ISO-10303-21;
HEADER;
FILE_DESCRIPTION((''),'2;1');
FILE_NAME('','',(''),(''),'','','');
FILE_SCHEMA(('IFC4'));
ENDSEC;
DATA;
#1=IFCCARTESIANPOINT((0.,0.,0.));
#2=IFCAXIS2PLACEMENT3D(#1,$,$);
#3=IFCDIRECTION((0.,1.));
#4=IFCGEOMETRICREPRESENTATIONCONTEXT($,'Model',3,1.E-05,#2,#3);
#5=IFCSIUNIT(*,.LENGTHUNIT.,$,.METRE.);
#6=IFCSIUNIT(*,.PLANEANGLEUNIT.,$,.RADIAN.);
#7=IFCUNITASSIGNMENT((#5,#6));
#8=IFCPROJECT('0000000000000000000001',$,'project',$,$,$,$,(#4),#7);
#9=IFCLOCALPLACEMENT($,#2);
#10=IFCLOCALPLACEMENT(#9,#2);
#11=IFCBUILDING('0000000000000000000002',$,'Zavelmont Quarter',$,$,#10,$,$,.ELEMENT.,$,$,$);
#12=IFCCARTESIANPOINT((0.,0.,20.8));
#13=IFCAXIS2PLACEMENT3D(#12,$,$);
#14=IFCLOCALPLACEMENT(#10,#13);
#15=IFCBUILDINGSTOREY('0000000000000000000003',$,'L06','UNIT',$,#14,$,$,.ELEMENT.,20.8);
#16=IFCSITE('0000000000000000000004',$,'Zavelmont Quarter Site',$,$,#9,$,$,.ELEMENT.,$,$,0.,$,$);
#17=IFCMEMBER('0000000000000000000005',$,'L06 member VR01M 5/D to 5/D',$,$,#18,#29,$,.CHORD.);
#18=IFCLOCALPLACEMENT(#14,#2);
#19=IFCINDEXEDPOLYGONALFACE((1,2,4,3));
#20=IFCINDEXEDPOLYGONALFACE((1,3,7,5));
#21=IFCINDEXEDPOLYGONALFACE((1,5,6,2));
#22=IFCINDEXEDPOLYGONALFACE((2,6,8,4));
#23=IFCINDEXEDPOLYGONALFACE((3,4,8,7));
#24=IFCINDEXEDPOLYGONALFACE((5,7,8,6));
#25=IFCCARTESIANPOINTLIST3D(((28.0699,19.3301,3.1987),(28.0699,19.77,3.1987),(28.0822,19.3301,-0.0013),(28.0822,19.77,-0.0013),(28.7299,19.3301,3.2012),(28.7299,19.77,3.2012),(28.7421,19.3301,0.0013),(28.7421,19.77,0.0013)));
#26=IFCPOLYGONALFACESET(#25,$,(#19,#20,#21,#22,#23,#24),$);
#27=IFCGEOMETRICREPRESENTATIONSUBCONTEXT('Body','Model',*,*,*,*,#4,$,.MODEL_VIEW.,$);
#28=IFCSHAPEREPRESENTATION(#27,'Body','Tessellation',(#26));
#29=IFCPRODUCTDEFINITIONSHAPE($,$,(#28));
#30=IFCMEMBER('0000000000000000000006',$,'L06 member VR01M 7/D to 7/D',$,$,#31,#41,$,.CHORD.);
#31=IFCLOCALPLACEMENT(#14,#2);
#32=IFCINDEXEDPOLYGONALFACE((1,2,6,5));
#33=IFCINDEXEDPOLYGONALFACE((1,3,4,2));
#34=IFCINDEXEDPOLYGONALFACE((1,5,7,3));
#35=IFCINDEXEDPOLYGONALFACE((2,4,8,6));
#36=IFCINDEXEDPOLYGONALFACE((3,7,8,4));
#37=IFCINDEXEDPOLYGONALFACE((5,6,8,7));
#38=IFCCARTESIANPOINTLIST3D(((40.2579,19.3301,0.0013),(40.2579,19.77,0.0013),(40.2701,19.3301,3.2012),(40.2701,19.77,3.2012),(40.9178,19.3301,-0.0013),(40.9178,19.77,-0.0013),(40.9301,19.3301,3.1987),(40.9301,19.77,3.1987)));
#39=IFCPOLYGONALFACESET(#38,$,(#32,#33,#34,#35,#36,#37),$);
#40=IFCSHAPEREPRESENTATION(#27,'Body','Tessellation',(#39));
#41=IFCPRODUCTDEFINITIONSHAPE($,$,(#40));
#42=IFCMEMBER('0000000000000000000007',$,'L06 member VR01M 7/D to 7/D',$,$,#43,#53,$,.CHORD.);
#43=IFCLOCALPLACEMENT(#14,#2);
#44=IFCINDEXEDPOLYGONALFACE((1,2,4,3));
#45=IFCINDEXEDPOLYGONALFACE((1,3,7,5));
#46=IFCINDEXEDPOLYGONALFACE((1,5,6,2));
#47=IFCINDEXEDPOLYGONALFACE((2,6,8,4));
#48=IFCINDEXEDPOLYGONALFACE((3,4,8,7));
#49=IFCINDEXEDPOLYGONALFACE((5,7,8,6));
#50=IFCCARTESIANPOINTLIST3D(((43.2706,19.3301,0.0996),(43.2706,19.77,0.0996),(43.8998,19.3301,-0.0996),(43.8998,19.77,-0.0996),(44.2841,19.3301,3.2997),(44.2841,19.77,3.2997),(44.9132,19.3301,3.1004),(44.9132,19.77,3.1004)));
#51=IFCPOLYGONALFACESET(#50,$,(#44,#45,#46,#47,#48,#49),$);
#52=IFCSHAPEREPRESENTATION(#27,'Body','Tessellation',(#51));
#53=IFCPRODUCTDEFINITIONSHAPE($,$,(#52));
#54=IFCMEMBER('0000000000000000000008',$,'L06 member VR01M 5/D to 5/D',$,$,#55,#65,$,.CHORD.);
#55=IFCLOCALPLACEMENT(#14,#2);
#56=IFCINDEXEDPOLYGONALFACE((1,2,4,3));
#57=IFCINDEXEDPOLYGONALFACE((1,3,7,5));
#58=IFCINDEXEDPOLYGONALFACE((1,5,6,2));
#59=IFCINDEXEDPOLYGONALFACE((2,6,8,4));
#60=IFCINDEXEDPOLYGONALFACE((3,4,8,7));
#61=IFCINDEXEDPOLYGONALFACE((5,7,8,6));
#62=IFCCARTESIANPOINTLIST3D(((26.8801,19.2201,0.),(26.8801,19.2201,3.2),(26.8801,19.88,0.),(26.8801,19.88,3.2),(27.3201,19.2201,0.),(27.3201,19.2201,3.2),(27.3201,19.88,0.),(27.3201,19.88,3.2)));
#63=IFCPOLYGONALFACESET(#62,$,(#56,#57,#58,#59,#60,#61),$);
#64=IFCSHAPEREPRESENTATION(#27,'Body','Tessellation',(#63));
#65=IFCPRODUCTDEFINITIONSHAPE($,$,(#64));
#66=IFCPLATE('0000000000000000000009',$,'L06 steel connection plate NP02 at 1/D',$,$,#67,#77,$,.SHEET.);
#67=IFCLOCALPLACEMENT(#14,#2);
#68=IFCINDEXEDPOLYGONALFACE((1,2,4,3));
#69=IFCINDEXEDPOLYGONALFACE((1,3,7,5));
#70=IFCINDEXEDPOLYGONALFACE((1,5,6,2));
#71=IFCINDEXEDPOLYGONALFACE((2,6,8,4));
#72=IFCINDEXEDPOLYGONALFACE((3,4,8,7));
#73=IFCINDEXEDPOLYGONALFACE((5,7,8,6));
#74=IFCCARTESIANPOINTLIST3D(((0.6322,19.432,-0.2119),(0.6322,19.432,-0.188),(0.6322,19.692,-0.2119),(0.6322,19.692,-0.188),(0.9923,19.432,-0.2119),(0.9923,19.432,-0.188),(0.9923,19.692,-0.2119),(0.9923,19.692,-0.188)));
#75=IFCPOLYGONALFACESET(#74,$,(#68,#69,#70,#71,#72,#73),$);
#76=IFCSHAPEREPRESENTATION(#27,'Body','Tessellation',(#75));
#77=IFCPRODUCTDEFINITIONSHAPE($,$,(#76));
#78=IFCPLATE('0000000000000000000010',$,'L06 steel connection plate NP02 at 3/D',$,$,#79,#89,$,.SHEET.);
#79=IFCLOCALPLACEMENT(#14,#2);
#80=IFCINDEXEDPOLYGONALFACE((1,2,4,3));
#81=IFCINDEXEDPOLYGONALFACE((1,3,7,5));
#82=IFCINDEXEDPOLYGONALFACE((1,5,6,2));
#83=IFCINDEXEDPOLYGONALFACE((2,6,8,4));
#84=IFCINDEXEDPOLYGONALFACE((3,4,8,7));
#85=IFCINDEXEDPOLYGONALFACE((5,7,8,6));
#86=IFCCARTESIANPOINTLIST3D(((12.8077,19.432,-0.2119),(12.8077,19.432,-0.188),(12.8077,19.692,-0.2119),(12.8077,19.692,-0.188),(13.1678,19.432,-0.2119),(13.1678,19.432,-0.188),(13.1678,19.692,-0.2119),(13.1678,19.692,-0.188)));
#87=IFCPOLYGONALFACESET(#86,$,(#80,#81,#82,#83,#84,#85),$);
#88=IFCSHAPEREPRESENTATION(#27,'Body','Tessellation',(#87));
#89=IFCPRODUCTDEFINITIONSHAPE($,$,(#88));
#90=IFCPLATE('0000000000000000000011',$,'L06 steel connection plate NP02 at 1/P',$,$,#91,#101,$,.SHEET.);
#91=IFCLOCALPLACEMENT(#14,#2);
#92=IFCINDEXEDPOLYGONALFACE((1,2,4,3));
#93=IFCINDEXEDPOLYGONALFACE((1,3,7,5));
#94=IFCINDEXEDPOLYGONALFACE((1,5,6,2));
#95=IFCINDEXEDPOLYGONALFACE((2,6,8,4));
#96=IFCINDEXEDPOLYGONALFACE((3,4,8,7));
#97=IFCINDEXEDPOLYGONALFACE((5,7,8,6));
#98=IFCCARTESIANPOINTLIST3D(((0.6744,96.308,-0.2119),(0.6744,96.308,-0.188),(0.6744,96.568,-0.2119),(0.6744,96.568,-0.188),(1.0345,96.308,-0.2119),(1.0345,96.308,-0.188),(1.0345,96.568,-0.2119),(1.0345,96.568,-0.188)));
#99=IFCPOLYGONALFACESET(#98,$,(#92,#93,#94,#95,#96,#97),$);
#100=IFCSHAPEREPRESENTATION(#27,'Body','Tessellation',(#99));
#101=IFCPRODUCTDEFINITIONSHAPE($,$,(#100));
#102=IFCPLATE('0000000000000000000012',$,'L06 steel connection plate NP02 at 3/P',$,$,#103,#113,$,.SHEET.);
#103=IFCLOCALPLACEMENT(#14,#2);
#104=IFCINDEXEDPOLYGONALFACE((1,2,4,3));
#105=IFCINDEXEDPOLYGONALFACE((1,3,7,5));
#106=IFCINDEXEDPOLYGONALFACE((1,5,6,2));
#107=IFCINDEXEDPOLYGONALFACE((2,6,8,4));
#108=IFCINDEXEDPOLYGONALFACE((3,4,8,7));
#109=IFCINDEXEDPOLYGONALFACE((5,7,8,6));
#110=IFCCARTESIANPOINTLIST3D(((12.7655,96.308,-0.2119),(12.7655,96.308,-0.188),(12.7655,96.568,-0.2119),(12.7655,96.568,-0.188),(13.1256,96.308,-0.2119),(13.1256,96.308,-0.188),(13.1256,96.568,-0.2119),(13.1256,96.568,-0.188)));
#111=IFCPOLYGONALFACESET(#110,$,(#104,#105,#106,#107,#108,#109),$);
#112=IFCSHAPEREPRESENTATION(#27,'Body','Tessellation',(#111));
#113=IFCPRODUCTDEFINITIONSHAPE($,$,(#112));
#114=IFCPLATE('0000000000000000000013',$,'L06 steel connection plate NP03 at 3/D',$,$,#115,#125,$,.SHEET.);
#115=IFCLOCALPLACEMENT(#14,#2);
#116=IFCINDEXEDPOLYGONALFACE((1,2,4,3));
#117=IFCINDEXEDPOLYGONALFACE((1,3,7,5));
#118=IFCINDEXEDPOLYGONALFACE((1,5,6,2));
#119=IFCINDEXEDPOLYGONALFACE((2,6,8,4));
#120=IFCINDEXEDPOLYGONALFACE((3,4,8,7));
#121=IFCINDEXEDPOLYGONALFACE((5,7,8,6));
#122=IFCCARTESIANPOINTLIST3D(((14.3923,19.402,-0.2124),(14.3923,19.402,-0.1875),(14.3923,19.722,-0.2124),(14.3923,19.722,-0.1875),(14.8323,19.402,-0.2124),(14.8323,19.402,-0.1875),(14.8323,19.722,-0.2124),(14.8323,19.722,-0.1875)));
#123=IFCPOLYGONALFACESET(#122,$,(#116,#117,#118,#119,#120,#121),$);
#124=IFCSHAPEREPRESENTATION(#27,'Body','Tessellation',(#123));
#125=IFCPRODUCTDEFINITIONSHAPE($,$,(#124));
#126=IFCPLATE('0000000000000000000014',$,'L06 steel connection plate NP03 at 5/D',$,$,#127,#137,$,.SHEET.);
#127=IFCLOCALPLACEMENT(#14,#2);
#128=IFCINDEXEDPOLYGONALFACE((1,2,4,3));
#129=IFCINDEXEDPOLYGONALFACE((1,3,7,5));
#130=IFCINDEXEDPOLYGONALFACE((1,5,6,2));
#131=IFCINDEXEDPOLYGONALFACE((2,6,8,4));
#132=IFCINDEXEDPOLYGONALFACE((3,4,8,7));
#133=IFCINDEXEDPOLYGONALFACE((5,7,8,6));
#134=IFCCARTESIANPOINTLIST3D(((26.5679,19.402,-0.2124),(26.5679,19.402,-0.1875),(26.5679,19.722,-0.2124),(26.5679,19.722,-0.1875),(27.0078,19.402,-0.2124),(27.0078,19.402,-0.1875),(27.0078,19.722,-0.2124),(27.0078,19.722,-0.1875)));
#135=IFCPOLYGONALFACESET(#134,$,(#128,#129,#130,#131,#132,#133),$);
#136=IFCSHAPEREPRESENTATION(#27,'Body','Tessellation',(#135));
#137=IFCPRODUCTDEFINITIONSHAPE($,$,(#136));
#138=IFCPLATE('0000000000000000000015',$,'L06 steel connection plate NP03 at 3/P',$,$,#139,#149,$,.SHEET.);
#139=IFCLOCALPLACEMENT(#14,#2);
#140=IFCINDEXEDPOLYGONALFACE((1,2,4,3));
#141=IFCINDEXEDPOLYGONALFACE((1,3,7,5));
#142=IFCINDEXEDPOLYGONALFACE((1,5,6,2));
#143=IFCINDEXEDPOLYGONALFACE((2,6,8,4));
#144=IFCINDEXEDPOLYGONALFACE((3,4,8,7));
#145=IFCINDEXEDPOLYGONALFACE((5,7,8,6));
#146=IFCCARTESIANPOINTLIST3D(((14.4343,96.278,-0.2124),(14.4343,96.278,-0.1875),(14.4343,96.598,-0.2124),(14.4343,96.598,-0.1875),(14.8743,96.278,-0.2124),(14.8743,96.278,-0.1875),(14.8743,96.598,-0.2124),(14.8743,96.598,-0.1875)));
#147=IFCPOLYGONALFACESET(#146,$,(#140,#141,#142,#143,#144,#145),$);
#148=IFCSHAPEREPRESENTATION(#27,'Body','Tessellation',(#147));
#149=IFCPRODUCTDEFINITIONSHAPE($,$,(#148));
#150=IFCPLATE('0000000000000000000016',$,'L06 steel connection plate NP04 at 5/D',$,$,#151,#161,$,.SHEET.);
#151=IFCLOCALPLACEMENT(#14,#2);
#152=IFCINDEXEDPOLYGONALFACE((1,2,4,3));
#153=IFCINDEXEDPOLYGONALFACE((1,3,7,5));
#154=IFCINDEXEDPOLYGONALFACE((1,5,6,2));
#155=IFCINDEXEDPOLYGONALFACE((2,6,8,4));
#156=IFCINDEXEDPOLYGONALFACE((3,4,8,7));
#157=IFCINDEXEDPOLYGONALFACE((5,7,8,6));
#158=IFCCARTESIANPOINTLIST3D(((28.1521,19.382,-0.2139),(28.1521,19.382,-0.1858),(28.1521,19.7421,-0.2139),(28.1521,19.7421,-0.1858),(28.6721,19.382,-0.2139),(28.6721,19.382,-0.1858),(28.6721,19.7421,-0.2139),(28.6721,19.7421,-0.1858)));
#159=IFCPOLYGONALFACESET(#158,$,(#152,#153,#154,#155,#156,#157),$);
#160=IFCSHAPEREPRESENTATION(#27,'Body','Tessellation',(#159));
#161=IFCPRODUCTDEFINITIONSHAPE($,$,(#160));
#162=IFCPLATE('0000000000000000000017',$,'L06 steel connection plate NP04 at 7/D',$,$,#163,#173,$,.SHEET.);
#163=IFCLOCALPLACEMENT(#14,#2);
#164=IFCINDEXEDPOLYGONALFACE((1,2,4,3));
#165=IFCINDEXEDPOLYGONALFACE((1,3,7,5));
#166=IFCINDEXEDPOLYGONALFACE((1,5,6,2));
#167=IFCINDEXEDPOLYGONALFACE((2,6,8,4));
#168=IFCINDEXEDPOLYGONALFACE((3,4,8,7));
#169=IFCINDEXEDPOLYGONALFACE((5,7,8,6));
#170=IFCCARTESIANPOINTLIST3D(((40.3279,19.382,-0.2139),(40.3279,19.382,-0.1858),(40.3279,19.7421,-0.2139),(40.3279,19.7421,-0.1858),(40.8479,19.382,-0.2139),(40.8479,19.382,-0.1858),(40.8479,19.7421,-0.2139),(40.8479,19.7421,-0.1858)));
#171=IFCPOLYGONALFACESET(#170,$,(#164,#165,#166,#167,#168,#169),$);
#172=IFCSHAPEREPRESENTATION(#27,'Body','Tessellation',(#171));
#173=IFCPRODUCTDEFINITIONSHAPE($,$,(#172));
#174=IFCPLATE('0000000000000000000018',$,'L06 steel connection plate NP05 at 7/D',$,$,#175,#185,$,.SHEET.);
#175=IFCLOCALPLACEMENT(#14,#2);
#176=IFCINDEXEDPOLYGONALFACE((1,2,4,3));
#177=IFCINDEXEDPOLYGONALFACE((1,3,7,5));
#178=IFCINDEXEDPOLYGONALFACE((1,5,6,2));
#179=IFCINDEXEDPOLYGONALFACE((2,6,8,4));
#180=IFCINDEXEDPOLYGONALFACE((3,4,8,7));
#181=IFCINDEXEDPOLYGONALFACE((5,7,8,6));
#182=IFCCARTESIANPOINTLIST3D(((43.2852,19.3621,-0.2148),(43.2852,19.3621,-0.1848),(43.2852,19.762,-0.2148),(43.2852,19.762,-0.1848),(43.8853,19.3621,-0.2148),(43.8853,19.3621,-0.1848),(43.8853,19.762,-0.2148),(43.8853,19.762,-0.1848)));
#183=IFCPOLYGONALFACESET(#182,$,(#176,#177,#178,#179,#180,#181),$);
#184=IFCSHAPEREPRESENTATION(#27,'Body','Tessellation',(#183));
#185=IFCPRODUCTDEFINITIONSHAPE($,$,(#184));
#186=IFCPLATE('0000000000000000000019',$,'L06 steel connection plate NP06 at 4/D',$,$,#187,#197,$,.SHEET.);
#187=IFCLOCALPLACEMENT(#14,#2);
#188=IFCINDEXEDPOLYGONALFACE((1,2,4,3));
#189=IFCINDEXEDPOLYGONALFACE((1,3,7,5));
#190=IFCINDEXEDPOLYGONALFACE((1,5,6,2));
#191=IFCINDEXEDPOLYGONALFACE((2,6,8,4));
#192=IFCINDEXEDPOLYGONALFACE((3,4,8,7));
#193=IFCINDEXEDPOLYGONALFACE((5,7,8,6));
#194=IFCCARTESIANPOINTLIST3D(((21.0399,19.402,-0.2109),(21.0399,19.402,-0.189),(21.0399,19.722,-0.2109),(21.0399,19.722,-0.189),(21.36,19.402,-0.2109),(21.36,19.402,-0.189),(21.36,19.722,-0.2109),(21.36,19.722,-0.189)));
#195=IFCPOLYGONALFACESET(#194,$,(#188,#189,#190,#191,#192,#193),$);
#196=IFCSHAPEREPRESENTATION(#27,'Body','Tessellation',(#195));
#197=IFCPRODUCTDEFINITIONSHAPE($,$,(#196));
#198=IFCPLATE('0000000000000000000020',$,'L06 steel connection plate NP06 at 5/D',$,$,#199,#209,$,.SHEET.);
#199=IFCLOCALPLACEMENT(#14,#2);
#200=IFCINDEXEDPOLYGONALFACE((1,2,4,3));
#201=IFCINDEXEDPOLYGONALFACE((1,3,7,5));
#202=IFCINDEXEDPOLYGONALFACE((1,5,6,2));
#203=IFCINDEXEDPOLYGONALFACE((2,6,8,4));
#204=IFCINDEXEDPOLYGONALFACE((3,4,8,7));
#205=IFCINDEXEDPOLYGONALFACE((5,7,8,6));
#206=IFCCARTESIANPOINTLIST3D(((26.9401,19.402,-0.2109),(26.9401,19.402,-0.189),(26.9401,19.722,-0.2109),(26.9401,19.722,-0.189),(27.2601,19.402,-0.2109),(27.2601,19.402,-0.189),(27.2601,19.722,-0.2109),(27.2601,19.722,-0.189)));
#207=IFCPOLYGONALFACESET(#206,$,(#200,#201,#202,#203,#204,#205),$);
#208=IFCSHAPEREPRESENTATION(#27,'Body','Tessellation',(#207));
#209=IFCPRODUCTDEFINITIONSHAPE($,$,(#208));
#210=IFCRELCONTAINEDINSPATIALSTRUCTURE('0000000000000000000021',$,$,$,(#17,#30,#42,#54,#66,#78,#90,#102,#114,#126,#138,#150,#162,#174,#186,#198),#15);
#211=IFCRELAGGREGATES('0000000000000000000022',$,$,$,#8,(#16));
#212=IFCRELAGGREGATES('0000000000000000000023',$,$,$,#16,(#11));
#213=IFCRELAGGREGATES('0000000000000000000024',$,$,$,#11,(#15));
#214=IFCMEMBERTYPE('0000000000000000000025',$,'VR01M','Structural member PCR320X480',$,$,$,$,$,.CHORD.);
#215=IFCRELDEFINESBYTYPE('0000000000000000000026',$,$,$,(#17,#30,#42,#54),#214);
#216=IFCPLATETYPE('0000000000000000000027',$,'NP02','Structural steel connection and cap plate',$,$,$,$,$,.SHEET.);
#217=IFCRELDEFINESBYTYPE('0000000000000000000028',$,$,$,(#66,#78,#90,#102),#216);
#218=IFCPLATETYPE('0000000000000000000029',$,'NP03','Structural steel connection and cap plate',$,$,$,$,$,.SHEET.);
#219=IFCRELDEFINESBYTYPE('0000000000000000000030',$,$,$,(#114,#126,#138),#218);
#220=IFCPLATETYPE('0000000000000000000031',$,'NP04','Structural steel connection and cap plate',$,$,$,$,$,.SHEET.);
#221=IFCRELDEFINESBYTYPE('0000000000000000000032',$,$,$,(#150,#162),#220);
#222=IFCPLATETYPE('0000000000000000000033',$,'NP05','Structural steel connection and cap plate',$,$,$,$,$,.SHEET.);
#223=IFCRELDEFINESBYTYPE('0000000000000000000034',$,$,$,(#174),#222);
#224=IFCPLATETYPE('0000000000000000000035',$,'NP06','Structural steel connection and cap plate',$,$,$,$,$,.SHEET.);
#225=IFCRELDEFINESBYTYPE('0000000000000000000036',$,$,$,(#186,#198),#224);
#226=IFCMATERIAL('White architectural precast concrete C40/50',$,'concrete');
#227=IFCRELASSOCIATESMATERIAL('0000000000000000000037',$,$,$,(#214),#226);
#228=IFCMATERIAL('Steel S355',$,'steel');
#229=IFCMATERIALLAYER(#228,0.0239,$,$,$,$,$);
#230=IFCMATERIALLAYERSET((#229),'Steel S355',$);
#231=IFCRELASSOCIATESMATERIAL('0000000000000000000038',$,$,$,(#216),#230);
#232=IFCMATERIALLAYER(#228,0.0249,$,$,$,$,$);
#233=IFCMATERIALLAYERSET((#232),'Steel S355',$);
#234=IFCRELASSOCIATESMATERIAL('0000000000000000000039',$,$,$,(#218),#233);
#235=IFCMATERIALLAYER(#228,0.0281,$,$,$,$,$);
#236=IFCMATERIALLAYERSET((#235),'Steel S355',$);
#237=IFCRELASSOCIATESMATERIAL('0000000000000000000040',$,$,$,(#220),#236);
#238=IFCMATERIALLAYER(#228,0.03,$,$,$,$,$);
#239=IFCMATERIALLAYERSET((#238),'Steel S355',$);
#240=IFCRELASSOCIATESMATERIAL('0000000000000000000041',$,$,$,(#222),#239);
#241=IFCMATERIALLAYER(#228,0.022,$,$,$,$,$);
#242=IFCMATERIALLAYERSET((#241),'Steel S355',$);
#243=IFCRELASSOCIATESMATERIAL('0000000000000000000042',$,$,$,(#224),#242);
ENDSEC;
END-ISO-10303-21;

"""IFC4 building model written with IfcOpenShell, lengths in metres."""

from ifc_helpers import new_model, si_unit, direction, frame, origin, origin_2d, place, context, subcontext, project, spatial, rectangle, extrude, material, layer, layer_set, material_profile, profile_set, type_object, element, save


model = new_model("IFC4")

# Units and contexts
model_context = context("Model", 3, precision=1e-05, world=origin(), true_north=direction((0.0, 1.0)))
body_context = subcontext(model_context, "Body", "Model", "MODEL_VIEW")
ifc_project = project(units=[si_unit("LENGTHUNIT", "METRE"), si_unit("PLANEANGLEUNIT", "RADIAN")], contexts=[model_context])

# Site, building, storey
site_placement = place(None, origin())
site = spatial("IfcSite", under=ifc_project, at=site_placement, Name="Zavelmont Quarter Site", CompositionType="ELEMENT", RefElevation=0.0)
building_placement = place(site_placement, origin())
building = spatial("IfcBuilding", under=site, at=building_placement, Name="Zavelmont Quarter", CompositionType="ELEMENT")
storey_placement = place(building_placement, frame((0.0, 0.0, 20.8)))
storey = spatial("IfcBuildingStorey", under=building, at=storey_placement, Name="L06", Description="UNIT", CompositionType="ELEMENT", Elevation=20.8)

# Members
ifc_material_1 = material(Name="White architectural precast concrete C40/50", Category="concrete")
ifc_material_profile = material_profile(ifc_material_1, rectangle(XDim=0.4399, YDim=0.6599, at=origin_2d()), Name="PCR320X480")
ifc_profile_set = profile_set([ifc_material_profile], Name="White architectural precast concrete C40/50")
member_type = type_object("IfcMemberType", Name="VR01M", Description="Structural member PCR320X480", PredefinedType="CHORD", material=ifc_profile_set)
for number, where, z_axis, x_axis, name in (
    (1, (28.4121, 19.55, 0.0), (-0.003815, 0.0, 0.999993), (0.0, -1.0, 0.0), "L06 member VR01M 5/D to 5/D"),
    (2, (40.5879, 19.55, 0.0), (0.003815, 0.0, 0.999993), (0.0, 1.0, 0.0), "L06 member VR01M 7/D to 7/D"),
):
    element("IfcMember", number, at=place(storey_placement, frame(where, z_axis=z_axis, x_axis=x_axis)), inside=storey, type_object=member_type, Name=name, PredefinedType="CHORD", context=body_context, shape_type="SweptSolid", body=[
        extrude(rectangle(XDim=0.4399, YDim=0.6599, at=origin_2d()), origin(), (0.0, 0.0, 1.0), 3.2),
    ])
member_1_placement = place(storey_placement, frame((43.5852, 19.55, 0.0), z_axis=(0.301921, 0.0, 0.953333), x_axis=(0.0, 1.0, 0.0)))
element("IfcMember", 3, at=member_1_placement, inside=storey, type_object=member_type, Name="L06 member VR01M 7/D to 7/D", PredefinedType="CHORD", context=body_context, shape_type="SweptSolid", body=[
    extrude(rectangle(XDim=0.4399, YDim=0.6599, at=origin_2d()), origin(), (0.0, 0.0, 1.0), 3.3567),
])
member_2_placement = place(storey_placement, frame((27.1001, 19.55, 0.0), z_axis=(0.0, 0.0, 1.0), x_axis=(1.0, 0.0, 0.0)))
element("IfcMember", 4, at=member_2_placement, inside=storey, type_object=member_type, Name="L06 member VR01M 5/D to 5/D", PredefinedType="CHORD", context=body_context, shape_type="SweptSolid", body=[
    extrude(rectangle(XDim=0.4399, YDim=0.6599, at=origin_2d()), origin(), (0.0, 0.0, 1.0), 3.2),
])

# Plates
ifc_material_2 = material(Name="Steel S355", Category="steel")
ifc_layer_1 = layer(ifc_material_2, 0.0239)
ifc_layer_set_1 = layer_set([ifc_layer_1], Name="Steel S355")
plate_type_1 = type_object("IfcPlateType", Name="NP02", Description="Structural steel connection and cap plate", PredefinedType="SHEET", material=ifc_layer_set_1)
for number, where, z_axis, x_axis, name in (
    (5, (0.8123, 19.562, -0.2119), (0.0, 0.0, 1.0), (1.0, 0.0, 0.0), "L06 steel connection plate NP02 at 1/D"),
    (6, (12.9878, 19.562, -0.2119), (0.0, 0.0, 1.0), (1.0, 0.0, 0.0), "L06 steel connection plate NP02 at 3/D"),
    (7, (0.8545, 96.438, -0.2119), (0.0, 0.0, 1.0), (1.0, 0.0, 0.0), "L06 steel connection plate NP02 at 1/P"),
    (8, (12.9456, 96.438, -0.2119), (0.0, 0.0, 1.0), (1.0, 0.0, 0.0), "L06 steel connection plate NP02 at 3/P"),
):
    element("IfcPlate", number, at=place(storey_placement, frame(where, z_axis=z_axis, x_axis=x_axis)), inside=storey, type_object=plate_type_1, Name=name, PredefinedType="SHEET", context=body_context, shape_type="SweptSolid", body=[
        extrude(rectangle(XDim=0.3601, YDim=0.26, at=origin_2d()), origin(), (0.0, 0.0, 1.0), 0.0239),
    ])
ifc_layer_2 = layer(ifc_material_2, 0.0249)
ifc_layer_set_2 = layer_set([ifc_layer_2], Name="Steel S355")
plate_type_2 = type_object("IfcPlateType", Name="NP03", Description="Structural steel connection and cap plate", PredefinedType="SHEET", material=ifc_layer_set_2)
for number, where, z_axis, x_axis, name in (
    (9, (14.6123, 19.562, -0.2124), (0.0, 0.0, 1.0), (1.0, 0.0, 0.0), "L06 steel connection plate NP03 at 3/D"),
    (10, (26.7878, 19.562, -0.2124), (0.0, 0.0, 1.0), (1.0, 0.0, 0.0), "L06 steel connection plate NP03 at 5/D"),
    (11, (14.6543, 96.438, -0.2124), (0.0, 0.0, 1.0), (1.0, 0.0, 0.0), "L06 steel connection plate NP03 at 3/P"),
):
    element("IfcPlate", number, at=place(storey_placement, frame(where, z_axis=z_axis, x_axis=x_axis)), inside=storey, type_object=plate_type_2, Name=name, PredefinedType="SHEET", context=body_context, shape_type="SweptSolid", body=[
        extrude(rectangle(XDim=0.4399, YDim=0.3201, at=origin_2d()), origin(), (0.0, 0.0, 1.0), 0.0249),
    ])
ifc_layer_3 = layer(ifc_material_2, 0.0281)
ifc_layer_set_3 = layer_set([ifc_layer_3], Name="Steel S355")
plate_type_3 = type_object("IfcPlateType", Name="NP04", Description="Structural steel connection and cap plate", PredefinedType="SHEET", material=ifc_layer_set_3)
for number, where, z_axis, x_axis, name in (
    (12, (28.4121, 19.562, -0.2139), (0.0, 0.0, 1.0), (1.0, 0.0, 0.0), "L06 steel connection plate NP04 at 5/D"),
    (13, (40.5879, 19.562, -0.2139), (0.0, 0.0, 1.0), (1.0, 0.0, 0.0), "L06 steel connection plate NP04 at 7/D"),
):
    element("IfcPlate", number, at=place(storey_placement, frame(where, z_axis=z_axis, x_axis=x_axis)), inside=storey, type_object=plate_type_3, Name=name, PredefinedType="SHEET", context=body_context, shape_type="SweptSolid", body=[
        extrude(rectangle(XDim=0.52, YDim=0.3601, at=origin_2d()), origin(), (0.0, 0.0, 1.0), 0.0281),
    ])
ifc_layer_4 = layer(ifc_material_2, 0.03)
ifc_layer_set_4 = layer_set([ifc_layer_4], Name="Steel S355")
plate_type_4 = type_object("IfcPlateType", Name="NP05", Description="Structural steel connection and cap plate", PredefinedType="SHEET", material=ifc_layer_set_4)
plate_placement = place(storey_placement, frame((43.5852, 19.562, -0.2148), z_axis=(0.0, 0.0, 1.0), x_axis=(1.0, 0.0, 0.0)))
element("IfcPlate", 14, at=plate_placement, inside=storey, type_object=plate_type_4, Name="L06 steel connection plate NP05 at 7/D", PredefinedType="SHEET", context=body_context, shape_type="SweptSolid", body=[
    extrude(rectangle(XDim=0.6001, YDim=0.3999, at=origin_2d()), origin(), (0.0, 0.0, 1.0), 0.03),
])
ifc_layer_5 = layer(ifc_material_2, 0.022)
ifc_layer_set_5 = layer_set([ifc_layer_5], Name="Steel S355")
plate_type_5 = type_object("IfcPlateType", Name="NP06", Description="Structural steel connection and cap plate", PredefinedType="SHEET", material=ifc_layer_set_5)
for number, where, z_axis, x_axis, name in (
    (15, (21.2, 19.562, -0.2109), (0.0, 0.0, 1.0), (1.0, 0.0, 0.0), "L06 steel connection plate NP06 at 4/D"),
    (16, (27.1001, 19.562, -0.2109), (0.0, 0.0, 1.0), (1.0, 0.0, 0.0), "L06 steel connection plate NP06 at 5/D"),
):
    element("IfcPlate", number, at=place(storey_placement, frame(where, z_axis=z_axis, x_axis=x_axis)), inside=storey, type_object=plate_type_5, Name=name, PredefinedType="SHEET", context=body_context, shape_type="SweptSolid", body=[
        extrude(rectangle(XDim=0.3201, YDim=0.3201, at=origin_2d()), origin(), (0.0, 0.0, 1.0), 0.022),
    ])

save(model, "model.ifc")
